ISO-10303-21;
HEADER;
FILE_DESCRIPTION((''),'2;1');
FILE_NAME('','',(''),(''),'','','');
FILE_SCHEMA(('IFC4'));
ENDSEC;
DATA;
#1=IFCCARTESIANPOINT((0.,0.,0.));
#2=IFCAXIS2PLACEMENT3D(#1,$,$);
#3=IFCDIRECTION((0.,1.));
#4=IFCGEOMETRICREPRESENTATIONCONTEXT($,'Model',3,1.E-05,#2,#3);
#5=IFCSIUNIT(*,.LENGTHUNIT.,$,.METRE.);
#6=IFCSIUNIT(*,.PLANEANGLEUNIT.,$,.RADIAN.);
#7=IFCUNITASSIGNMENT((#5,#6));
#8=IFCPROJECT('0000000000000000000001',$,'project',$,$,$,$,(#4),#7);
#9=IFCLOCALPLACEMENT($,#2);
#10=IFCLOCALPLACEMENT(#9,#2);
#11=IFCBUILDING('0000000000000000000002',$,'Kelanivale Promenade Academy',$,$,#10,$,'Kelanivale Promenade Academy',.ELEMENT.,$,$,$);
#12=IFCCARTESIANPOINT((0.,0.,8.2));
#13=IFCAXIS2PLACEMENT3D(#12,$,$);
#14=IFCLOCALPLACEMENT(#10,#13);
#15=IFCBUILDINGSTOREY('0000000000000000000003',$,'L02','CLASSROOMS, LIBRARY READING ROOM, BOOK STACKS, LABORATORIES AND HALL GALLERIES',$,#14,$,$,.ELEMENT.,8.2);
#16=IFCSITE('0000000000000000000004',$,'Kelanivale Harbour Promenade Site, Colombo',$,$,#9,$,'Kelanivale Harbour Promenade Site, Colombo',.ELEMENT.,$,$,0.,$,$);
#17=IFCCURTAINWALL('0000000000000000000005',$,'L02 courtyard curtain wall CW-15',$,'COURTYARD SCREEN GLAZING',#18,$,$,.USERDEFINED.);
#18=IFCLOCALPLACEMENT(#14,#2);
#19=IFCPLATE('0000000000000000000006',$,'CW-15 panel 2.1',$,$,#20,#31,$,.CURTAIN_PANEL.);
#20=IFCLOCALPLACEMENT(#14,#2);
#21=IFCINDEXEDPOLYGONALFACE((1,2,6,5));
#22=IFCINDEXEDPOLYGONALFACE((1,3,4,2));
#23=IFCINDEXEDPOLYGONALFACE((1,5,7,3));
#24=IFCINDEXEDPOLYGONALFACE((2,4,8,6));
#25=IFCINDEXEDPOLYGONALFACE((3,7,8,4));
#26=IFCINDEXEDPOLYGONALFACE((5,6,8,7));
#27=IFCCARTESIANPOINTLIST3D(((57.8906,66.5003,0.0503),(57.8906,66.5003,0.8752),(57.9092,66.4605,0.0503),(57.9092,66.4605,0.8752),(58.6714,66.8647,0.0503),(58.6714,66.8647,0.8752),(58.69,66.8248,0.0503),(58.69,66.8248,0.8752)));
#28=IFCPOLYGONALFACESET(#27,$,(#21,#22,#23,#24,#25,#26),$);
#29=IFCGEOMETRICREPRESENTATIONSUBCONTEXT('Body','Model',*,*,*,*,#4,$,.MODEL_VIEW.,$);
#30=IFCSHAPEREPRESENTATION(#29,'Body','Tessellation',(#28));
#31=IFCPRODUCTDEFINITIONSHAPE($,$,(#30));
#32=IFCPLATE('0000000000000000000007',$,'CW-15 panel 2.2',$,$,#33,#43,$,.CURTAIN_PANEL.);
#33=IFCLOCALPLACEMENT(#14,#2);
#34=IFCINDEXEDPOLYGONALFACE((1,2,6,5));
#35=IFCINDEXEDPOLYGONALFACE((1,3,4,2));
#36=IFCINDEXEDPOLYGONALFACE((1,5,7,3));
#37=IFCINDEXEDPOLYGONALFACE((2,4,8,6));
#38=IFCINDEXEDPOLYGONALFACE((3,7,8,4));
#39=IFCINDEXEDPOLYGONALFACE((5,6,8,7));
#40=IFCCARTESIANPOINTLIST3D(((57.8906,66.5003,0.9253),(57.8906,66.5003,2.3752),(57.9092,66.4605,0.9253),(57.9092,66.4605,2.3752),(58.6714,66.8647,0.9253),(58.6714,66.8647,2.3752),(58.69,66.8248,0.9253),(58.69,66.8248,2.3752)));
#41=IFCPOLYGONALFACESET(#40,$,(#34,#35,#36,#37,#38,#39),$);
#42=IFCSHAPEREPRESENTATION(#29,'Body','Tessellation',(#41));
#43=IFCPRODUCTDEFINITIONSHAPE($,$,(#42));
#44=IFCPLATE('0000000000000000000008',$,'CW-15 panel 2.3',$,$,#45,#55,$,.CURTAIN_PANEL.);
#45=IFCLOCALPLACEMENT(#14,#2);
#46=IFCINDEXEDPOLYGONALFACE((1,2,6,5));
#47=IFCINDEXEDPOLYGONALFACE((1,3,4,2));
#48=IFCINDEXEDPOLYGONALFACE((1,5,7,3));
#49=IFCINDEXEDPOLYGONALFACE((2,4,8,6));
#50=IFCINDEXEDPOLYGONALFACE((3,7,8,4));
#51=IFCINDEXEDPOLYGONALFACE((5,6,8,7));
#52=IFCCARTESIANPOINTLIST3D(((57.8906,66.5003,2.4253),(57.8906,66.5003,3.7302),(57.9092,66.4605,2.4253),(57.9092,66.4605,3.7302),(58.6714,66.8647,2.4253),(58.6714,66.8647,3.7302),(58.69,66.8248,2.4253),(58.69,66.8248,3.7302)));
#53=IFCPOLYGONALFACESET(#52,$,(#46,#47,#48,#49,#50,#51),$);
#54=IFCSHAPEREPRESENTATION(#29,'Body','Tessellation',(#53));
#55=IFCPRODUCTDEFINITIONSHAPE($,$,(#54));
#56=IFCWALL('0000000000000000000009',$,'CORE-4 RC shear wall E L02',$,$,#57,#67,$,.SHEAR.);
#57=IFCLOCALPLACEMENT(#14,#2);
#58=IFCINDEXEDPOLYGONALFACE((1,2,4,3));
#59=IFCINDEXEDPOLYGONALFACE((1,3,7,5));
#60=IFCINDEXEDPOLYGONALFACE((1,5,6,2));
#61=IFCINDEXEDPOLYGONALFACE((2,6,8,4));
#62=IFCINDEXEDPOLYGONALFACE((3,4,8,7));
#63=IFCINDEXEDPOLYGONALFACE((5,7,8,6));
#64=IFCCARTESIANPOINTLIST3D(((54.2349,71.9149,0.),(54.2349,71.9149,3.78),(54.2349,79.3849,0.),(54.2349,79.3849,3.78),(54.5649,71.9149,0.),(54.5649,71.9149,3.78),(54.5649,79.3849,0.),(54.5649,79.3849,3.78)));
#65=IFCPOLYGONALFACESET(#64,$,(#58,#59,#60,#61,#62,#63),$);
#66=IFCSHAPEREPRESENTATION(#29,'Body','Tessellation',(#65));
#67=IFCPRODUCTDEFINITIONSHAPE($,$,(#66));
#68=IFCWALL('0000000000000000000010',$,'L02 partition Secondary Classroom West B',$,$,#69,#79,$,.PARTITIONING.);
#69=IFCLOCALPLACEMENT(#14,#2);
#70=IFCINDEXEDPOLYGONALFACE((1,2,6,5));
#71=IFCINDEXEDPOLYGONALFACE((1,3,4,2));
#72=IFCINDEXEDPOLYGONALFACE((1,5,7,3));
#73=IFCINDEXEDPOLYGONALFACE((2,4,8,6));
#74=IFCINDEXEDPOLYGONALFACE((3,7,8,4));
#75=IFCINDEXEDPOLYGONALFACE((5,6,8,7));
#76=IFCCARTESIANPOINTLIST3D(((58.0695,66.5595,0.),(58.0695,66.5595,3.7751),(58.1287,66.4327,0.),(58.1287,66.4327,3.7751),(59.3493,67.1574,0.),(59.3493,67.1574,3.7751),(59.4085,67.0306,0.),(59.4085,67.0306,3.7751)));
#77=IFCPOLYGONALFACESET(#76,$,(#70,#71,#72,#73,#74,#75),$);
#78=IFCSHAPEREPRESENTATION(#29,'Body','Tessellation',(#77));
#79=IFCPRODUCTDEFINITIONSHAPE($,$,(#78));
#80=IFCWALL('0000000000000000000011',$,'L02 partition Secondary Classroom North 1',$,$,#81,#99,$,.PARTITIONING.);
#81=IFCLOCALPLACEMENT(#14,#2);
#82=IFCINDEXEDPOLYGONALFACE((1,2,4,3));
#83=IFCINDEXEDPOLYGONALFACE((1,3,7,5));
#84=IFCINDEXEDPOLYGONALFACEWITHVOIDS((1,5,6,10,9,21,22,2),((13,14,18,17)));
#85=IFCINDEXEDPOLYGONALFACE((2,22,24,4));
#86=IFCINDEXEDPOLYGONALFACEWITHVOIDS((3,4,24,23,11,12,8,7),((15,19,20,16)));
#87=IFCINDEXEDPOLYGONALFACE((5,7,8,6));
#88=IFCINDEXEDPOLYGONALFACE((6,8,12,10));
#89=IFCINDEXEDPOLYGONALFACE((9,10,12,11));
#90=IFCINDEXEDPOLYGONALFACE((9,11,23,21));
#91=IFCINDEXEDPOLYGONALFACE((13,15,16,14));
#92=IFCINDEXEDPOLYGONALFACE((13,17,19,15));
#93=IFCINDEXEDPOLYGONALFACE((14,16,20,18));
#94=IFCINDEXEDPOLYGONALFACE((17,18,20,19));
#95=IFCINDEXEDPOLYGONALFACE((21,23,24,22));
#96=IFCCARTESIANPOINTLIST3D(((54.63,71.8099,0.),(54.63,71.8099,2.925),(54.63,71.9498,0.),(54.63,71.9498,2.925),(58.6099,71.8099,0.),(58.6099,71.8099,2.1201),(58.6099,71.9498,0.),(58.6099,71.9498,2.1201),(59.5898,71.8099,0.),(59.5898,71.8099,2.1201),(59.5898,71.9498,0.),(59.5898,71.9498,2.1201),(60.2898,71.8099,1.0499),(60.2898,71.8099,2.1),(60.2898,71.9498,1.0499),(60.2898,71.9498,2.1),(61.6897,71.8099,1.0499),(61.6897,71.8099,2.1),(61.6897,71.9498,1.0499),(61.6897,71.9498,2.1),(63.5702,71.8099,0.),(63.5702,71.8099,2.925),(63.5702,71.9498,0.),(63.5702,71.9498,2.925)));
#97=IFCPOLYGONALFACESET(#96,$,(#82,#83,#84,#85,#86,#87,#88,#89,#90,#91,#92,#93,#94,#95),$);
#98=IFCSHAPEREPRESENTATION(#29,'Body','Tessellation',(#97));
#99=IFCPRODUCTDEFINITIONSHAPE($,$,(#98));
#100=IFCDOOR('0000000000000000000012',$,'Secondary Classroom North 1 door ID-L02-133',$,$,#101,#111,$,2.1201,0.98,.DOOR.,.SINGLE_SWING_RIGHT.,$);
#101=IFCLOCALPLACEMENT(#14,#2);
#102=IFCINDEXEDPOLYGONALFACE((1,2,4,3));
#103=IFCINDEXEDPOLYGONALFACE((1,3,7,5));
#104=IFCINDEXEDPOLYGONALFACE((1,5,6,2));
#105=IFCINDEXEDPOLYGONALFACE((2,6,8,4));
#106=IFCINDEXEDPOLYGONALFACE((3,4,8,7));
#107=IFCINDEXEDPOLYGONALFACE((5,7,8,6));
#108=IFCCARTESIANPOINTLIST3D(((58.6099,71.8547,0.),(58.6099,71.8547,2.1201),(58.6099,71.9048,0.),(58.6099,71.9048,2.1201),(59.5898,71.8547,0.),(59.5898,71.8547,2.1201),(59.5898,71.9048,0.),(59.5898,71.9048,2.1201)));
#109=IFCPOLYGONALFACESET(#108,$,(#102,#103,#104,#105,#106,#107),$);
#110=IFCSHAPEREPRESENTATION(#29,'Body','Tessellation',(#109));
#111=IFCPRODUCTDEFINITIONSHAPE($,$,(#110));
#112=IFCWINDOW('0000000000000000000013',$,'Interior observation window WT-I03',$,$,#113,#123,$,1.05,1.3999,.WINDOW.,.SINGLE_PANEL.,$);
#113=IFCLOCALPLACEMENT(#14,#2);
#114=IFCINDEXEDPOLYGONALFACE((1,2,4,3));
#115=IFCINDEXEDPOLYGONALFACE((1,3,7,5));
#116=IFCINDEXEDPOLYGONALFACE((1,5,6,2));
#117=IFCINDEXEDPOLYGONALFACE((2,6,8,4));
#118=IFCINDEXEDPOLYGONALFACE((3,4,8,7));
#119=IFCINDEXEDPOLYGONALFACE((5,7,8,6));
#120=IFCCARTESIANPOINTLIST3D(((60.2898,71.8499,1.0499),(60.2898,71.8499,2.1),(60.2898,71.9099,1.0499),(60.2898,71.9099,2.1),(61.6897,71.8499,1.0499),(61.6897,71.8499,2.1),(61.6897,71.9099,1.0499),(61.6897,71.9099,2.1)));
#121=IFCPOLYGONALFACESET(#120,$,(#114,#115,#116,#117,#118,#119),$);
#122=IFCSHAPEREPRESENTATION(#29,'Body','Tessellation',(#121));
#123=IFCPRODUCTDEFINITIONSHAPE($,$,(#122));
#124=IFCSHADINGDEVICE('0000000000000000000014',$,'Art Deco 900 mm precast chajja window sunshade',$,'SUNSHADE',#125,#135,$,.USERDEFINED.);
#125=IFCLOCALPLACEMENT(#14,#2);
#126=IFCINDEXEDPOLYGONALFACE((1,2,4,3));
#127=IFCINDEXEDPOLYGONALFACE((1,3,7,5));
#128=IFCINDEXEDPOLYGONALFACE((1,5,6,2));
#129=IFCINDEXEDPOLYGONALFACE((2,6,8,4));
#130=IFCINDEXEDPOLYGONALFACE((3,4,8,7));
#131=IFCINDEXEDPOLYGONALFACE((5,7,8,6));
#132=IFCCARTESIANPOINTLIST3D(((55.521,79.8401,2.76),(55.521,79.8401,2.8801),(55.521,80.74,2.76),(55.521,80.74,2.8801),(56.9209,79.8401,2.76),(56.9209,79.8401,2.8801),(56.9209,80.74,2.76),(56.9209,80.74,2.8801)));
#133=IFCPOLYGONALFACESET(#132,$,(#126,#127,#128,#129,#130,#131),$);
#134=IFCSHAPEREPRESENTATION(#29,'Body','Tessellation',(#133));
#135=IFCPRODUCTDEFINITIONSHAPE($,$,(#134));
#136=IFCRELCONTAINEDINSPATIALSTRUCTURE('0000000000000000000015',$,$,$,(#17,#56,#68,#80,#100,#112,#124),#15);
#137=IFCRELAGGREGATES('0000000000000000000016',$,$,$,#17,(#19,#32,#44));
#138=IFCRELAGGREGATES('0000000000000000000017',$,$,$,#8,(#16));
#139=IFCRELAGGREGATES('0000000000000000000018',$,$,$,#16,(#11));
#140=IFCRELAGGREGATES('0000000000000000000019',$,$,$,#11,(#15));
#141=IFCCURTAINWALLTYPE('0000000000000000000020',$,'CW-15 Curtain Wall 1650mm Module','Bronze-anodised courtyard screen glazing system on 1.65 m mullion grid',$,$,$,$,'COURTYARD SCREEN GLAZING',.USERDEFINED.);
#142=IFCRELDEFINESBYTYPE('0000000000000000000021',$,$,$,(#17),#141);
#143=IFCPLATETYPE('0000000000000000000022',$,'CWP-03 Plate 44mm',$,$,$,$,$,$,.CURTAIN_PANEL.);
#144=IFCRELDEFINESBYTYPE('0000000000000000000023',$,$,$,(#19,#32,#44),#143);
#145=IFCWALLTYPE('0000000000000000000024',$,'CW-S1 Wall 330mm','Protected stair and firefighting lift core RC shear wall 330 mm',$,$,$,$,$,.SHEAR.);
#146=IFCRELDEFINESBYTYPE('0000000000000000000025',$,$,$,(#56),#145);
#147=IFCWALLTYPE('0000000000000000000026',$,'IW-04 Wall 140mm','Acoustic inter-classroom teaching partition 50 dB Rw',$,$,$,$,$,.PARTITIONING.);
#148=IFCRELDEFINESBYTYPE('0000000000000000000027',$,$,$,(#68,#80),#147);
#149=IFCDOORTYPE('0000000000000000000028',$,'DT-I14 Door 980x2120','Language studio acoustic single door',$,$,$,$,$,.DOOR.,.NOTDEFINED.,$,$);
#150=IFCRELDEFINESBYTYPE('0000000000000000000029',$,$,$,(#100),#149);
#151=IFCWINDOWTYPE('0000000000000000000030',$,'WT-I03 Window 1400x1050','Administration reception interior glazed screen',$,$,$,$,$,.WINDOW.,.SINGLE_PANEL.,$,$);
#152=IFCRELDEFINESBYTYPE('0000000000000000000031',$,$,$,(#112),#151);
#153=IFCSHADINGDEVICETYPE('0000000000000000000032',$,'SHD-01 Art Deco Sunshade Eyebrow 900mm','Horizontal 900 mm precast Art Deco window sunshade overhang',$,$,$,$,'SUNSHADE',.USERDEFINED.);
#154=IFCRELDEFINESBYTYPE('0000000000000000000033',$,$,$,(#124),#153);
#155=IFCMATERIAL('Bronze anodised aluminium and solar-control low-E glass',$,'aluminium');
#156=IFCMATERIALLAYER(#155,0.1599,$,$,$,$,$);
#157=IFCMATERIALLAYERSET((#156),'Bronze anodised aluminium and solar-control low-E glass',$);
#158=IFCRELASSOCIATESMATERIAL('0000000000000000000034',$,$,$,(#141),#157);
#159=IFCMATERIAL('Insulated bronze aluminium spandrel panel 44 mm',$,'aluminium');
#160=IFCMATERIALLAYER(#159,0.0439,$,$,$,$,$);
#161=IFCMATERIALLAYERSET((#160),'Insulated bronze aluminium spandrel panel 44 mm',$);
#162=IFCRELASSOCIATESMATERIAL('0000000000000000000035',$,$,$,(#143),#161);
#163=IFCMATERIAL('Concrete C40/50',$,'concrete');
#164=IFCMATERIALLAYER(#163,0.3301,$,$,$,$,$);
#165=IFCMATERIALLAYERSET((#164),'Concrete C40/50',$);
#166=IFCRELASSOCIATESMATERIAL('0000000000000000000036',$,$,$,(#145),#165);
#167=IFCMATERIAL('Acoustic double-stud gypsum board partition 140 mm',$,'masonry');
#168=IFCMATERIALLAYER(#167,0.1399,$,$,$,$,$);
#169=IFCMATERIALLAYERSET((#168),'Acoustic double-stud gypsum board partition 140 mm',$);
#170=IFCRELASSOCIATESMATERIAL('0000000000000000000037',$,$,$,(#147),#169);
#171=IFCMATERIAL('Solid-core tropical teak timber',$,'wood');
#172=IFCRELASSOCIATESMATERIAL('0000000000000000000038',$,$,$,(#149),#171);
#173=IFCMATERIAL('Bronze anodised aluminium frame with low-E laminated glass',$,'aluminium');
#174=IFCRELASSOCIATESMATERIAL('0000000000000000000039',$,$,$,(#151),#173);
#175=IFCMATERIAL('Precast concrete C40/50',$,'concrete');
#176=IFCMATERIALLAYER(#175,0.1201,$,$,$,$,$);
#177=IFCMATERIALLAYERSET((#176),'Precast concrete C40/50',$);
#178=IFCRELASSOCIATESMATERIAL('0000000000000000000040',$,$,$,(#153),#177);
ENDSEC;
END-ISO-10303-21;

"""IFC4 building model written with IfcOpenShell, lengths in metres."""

from ifc_helpers import new_model, si_unit, direction, frame, frame_2d, origin, origin_2d, place, context, subcontext, project, spatial, rectangle, extrude, material, layer, layer_set, type_object, element, fill, aggregate, save


model = new_model("IFC4")

# Units and contexts
model_context = context("Model", 3, precision=1e-05, world=origin(), true_north=direction((0.0, 1.0)))
body_context = subcontext(model_context, "Body", "Model", "MODEL_VIEW")
ifc_project = project(units=[si_unit("LENGTHUNIT", "METRE"), si_unit("PLANEANGLEUNIT", "RADIAN")], contexts=[model_context])

# Site, building, storey
site_placement = place(None, origin())
site = spatial("IfcSite", under=ifc_project, at=site_placement, Name="Kelanivale Harbour Promenade Site, Colombo", LongName="Kelanivale Harbour Promenade Site, Colombo", CompositionType="ELEMENT", RefElevation=0.0)
building_placement = place(site_placement, origin())
building = spatial("IfcBuilding", under=site, at=building_placement, Name="Kelanivale Promenade Academy", LongName="Kelanivale Promenade Academy", CompositionType="ELEMENT")
storey_placement = place(building_placement, frame((0.0, 0.0, 8.2)))
storey = spatial("IfcBuildingStorey", under=building, at=storey_placement, Name="L02", Description="CLASSROOMS, LIBRARY READING ROOM, BOOK STACKS, LABORATORIES AND HALL GALLERIES", CompositionType="ELEMENT", Elevation=8.2)

# Shared definitions
ifc_material_1 = material(Name="Concrete C40/50", Category="concrete")

# Curtain wall
ifc_material_2 = material(Name="Bronze anodised aluminium and solar-control low-E glass", Category="aluminium")
ifc_layer_1 = layer(ifc_material_2, 0.1599)
ifc_layer_set_1 = layer_set([ifc_layer_1], Name="Bronze anodised aluminium and solar-control low-E glass")
curtain_wall_type_1 = type_object("IfcCurtainWallType", Name="CW-15 Curtain Wall 1650mm Module", Description="Bronze-anodised courtyard screen glazing system on 1.65 m mullion grid", ElementType="COURTYARD SCREEN GLAZING", PredefinedType="USERDEFINED", material=ifc_layer_set_1)
curtain_wall_1_placement = place(storey_placement, origin())
curtain_wall_1 = element("IfcCurtainWall", 1, at=curtain_wall_1_placement, inside=storey, type_object=curtain_wall_type_1, Name="L02 courtyard curtain wall CW-15", ObjectType="COURTYARD SCREEN GLAZING", PredefinedType="USERDEFINED")

# Plates
ifc_material_3 = material(Name="Insulated bronze aluminium spandrel panel 44 mm", Category="aluminium")
ifc_layer_2 = layer(ifc_material_3, 0.0439)
ifc_layer_set_2 = layer_set([ifc_layer_2], Name="Insulated bronze aluminium spandrel panel 44 mm")
plate_type_1 = type_object("IfcPlateType", Name="CWP-03 Plate 44mm", PredefinedType="CURTAIN_PANEL", material=ifc_layer_set_2)
plate_1_placement = place(storey_placement, frame((58.2903, 66.6626, 0.0503), z_axis=(0.0, 0.0, 1.0), x_axis=(-0.906196, -0.422857, 0.0)))
plate_1 = element("IfcPlate", 2, at=plate_1_placement, type_object=plate_type_1, Name="CW-15 panel 2.1", PredefinedType="CURTAIN_PANEL", context=body_context, shape_type="SweptSolid", body=[
    extrude(rectangle(XDim=0.8616, YDim=0.0439, at=origin_2d()), origin(), (0.0, 0.0, 1.0), 0.825),
])
plate_2_placement = place(storey_placement, frame((58.2903, 66.6626, 0.9253), z_axis=(0.0, 0.0, 1.0), x_axis=(-0.906196, -0.422857, 0.0)))
plate_2 = element("IfcPlate", 3, at=plate_2_placement, type_object=plate_type_1, Name="CW-15 panel 2.2", PredefinedType="CURTAIN_PANEL", context=body_context, shape_type="SweptSolid", body=[
    extrude(rectangle(XDim=0.8616, YDim=0.0439, at=origin_2d()), origin(), (0.0, 0.0, 1.0), 1.45),
])
plate_3_placement = place(storey_placement, frame((58.2903, 66.6626, 2.4253), z_axis=(0.0, 0.0, 1.0), x_axis=(-0.906196, -0.422857, 0.0)))
plate_3 = element("IfcPlate", 4, at=plate_3_placement, type_object=plate_type_1, Name="CW-15 panel 2.3", PredefinedType="CURTAIN_PANEL", context=body_context, shape_type="SweptSolid", body=[
    extrude(rectangle(XDim=0.8616, YDim=0.0439, at=origin_2d()), origin(), (0.0, 0.0, 1.0), 1.3049),
])
aggregate(curtain_wall_1, [plate_1, plate_2, plate_3])

# Walls
ifc_layer_3 = layer(ifc_material_1, 0.3301)
ifc_layer_set_3 = layer_set([ifc_layer_3], Name="Concrete C40/50")
wall_type_1 = type_object("IfcWallType", Name="CW-S1 Wall 330mm", Description="Protected stair and firefighting lift core RC shear wall 330 mm", PredefinedType="SHEAR", material=ifc_layer_set_3)
wall_1_placement = place(storey_placement, frame((54.3999, 71.915, 0.0), z_axis=(0.0, 0.0, 1.0), x_axis=(0.0, 1.0, 0.0)))
element("IfcWall", 5, at=wall_1_placement, inside=storey, type_object=wall_type_1, Name="CORE-4 RC shear wall E L02", PredefinedType="SHEAR", context=body_context, shape_type="SweptSolid", body=[
    extrude(rectangle(XDim=7.47, YDim=0.3301, at=frame_2d((3.7349, 0.0))), origin(), (0.0, 0.0, 1.0), 3.78),
])
ifc_material_4 = material(Name="Acoustic double-stud gypsum board partition 140 mm", Category="masonry")
ifc_layer_4 = layer(ifc_material_4, 0.1399)
ifc_layer_set_4 = layer_set([ifc_layer_4], Name="Acoustic double-stud gypsum board partition 140 mm")
wall_type_2 = type_object("IfcWallType", Name="IW-04 Wall 140mm", Description="Acoustic inter-classroom teaching partition 50 dB Rw", PredefinedType="PARTITIONING", material=ifc_layer_set_4)
wall_2_placement = place(storey_placement, frame((58.0991, 66.4961, 0.0), z_axis=(0.0, 0.0, 1.0), x_axis=(0.906002, 0.423273, 0.0)))
element("IfcWall", 6, at=wall_2_placement, inside=storey, type_object=wall_type_2, Name="L02 partition Secondary Classroom West B", PredefinedType="PARTITIONING", context=body_context, shape_type="SweptSolid", body=[
    extrude(rectangle(XDim=1.4126, YDim=0.1399, at=frame_2d((0.7063, 0.0))), origin(), (0.0, 0.0, 1.0), 3.7751),
])

# Wall, openings, door, window
wall_3_placement = place(storey_placement, frame((54.6299, 71.8799, 0.0), z_axis=(0.0, 0.0, 1.0), x_axis=(1.0, 0.0, 0.0)))
wall_3 = element("IfcWall", 7, at=wall_3_placement, inside=storey, type_object=wall_type_2, Name="L02 partition Secondary Classroom North 1", PredefinedType="PARTITIONING", context=body_context, shape_type="SweptSolid", body=[
    extrude(rectangle(XDim=8.9402, YDim=0.1399, at=frame_2d((4.4702, 0.0))), origin(), (0.0, 0.0, 1.0), 2.925),
])
opening_1_placement = place(wall_3_placement, frame((3.98, 0.0, 0.0)))
opening_1 = element("IfcOpeningElement", 8, at=opening_1_placement, cuts=wall_3, PredefinedType="OPENING", context=body_context, shape_type="SweptSolid", body=[
    extrude(rectangle(XDim=0.98, YDim=2.1201, at=frame_2d((0.49, 1.0601))), frame((0.0, 0.0801, 0.0), z_axis=(0.0, -1.0, 0.0), x_axis=(1.0, 0.0, 0.0)), (0.0, 0.0, 1.0), 0.1599),
])
opening_2_placement = place(wall_3_placement, frame((5.6599, 0.0, 1.05)))
opening_2 = element("IfcOpeningElement", 9, at=opening_2_placement, cuts=wall_3, PredefinedType="OPENING", context=body_context, shape_type="SweptSolid", body=[
    extrude(rectangle(XDim=1.3999, YDim=1.05, at=frame_2d((0.7, 0.5249))), frame((0.0, 0.0801, 0.0), z_axis=(0.0, -1.0, 0.0), x_axis=(1.0, 0.0, 0.0)), (0.0, 0.0, 1.0), 0.1599),
])
ifc_material_5 = material(Name="Solid-core tropical teak timber", Category="wood")
door_type = type_object("IfcDoorType", Name="DT-I14 Door 980x2120", Description="Language studio acoustic single door", OperationType="NOTDEFINED", PredefinedType="DOOR", material=ifc_material_5)
door_placement = place(opening_1_placement, origin())
door = element("IfcDoor", 10, at=door_placement, inside=storey, type_object=door_type, Name="Secondary Classroom North 1 door ID-L02-133", OperationType="SINGLE_SWING_RIGHT", OverallHeight=2.1201, OverallWidth=0.98, PredefinedType="DOOR", context=body_context, shape_type="SweptSolid", body=[
    extrude(rectangle(XDim=0.98, YDim=2.1201, at=frame_2d((0.49, 1.0601))), frame((0.0, 0.0249, 0.0), z_axis=(0.0, -1.0, 0.0), x_axis=(1.0, 0.0, 0.0)), (0.0, 0.0, 1.0), 0.05),
])
fill(opening_1, door)
ifc_material_6 = material(Name="Bronze anodised aluminium frame with low-E laminated glass", Category="aluminium")
window_type = type_object("IfcWindowType", Name="WT-I03 Window 1400x1050", Description="Administration reception interior glazed screen", PartitioningType="SINGLE_PANEL", PredefinedType="WINDOW", material=ifc_material_6)
window_placement = place(opening_2_placement, origin())
window = element("IfcWindow", 11, at=window_placement, inside=storey, type_object=window_type, Name="Interior observation window WT-I03", OverallHeight=1.05, OverallWidth=1.3999, PartitioningType="SINGLE_PANEL", PredefinedType="WINDOW", context=body_context, shape_type="SweptSolid", body=[
    extrude(rectangle(XDim=1.3999, YDim=1.05, at=frame_2d((0.7, 0.5249))), frame((0.0, 0.03, 0.0), z_axis=(0.0, -1.0, 0.0), x_axis=(1.0, 0.0, 0.0)), (0.0, 0.0, 1.0), 0.0601),
])
fill(opening_2, window)

# Shading device
ifc_material_7 = material(Name="Precast concrete C40/50", Category="concrete")
ifc_layer_5 = layer(ifc_material_7, 0.1201)
ifc_layer_set_5 = layer_set([ifc_layer_5], Name="Precast concrete C40/50")
shading_device_type = type_object("IfcShadingDeviceType", Name="SHD-01 Art Deco Sunshade Eyebrow 900mm", Description="Horizontal 900 mm precast Art Deco window sunshade overhang", ElementType="SUNSHADE", PredefinedType="USERDEFINED", material=ifc_layer_set_5)
shading_device_placement = place(storey_placement, frame((56.2209, 80.29, 2.76), z_axis=(0.0, 0.0, 1.0), x_axis=(-1.0, 0.0, 0.0)))
element("IfcShadingDevice", 12, at=shading_device_placement, inside=storey, type_object=shading_device_type, Name="Art Deco 900 mm precast chajja window sunshade", ObjectType="SUNSHADE", PredefinedType="USERDEFINED", context=body_context, shape_type="SweptSolid", body=[
    extrude(rectangle(XDim=1.3999, YDim=0.8999, at=origin_2d()), origin(), (0.0, 0.0, 1.0), 0.1201),
])

save(model, "model.ifc")
